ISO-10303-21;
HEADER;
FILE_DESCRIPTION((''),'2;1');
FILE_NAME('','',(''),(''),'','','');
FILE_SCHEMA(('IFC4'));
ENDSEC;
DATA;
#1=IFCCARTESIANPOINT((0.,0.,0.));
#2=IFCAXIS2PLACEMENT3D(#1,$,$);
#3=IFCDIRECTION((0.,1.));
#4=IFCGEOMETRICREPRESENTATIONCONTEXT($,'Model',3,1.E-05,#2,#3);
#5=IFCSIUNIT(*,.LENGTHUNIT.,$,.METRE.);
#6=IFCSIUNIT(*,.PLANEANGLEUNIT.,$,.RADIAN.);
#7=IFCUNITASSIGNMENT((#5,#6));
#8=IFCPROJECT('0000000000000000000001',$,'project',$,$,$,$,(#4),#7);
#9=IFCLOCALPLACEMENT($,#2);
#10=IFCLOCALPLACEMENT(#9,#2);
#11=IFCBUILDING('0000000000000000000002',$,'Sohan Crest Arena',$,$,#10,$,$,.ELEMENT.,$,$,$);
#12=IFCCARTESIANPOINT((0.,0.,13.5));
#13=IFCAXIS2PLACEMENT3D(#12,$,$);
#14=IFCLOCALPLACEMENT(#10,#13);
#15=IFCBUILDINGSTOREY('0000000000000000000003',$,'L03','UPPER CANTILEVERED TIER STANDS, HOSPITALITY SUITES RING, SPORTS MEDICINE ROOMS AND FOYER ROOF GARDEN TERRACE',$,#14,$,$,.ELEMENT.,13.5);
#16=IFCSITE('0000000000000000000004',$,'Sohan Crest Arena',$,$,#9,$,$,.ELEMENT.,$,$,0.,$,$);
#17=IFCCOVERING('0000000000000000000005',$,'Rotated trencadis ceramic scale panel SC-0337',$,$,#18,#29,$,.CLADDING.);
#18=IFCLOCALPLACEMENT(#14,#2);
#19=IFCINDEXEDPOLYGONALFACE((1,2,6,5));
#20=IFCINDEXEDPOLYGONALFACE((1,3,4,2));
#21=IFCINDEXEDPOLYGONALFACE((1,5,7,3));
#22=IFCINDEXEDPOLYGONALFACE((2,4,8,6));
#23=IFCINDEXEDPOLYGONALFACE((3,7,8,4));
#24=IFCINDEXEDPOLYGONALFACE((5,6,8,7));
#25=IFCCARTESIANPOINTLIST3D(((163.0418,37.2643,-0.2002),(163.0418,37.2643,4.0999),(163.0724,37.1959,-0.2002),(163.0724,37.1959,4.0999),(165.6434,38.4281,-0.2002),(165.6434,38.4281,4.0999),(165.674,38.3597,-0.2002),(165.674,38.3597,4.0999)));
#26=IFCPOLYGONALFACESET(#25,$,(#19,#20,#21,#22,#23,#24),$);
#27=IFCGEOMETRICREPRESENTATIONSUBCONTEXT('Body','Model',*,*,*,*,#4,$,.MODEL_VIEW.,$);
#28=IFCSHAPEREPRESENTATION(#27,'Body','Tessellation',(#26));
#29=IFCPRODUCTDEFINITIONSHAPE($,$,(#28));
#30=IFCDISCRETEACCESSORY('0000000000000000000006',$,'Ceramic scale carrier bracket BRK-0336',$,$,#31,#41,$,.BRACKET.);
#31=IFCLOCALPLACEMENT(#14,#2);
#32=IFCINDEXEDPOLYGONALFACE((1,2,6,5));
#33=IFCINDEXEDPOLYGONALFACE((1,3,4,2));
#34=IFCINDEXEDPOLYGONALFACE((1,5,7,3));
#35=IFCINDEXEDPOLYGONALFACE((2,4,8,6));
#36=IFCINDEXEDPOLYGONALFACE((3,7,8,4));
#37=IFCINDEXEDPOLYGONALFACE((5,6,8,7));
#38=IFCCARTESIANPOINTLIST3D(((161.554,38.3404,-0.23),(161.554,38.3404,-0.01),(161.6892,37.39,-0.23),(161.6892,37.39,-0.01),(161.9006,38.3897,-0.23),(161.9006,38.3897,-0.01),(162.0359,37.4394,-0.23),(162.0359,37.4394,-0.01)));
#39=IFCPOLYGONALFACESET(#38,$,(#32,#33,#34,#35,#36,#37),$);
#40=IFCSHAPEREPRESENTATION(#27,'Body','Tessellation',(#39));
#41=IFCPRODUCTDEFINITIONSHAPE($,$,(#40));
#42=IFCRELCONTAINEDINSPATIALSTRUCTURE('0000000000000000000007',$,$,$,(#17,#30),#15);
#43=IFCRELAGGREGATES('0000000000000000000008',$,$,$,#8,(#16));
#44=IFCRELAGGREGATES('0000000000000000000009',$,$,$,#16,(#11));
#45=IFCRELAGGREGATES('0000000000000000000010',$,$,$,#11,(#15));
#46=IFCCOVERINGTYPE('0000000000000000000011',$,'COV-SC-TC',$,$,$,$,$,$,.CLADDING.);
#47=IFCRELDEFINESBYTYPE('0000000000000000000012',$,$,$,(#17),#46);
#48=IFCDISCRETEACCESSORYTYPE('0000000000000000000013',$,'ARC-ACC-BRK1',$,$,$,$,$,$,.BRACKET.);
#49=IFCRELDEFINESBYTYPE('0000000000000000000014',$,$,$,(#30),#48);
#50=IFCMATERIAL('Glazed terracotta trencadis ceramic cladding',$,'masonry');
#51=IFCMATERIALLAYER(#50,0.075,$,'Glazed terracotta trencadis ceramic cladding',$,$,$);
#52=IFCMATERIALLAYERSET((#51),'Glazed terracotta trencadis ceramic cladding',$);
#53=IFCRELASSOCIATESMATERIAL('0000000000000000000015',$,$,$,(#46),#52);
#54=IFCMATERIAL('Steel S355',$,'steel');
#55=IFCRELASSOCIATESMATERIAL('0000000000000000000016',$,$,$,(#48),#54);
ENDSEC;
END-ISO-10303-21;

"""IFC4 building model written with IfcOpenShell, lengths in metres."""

from ifc_helpers import new_model, si_unit, direction, frame, origin, origin_2d, place, context, subcontext, project, spatial, rectangle, extrude, material, layer, layer_set, type_object, element, save


model = new_model("IFC4")

# Units and contexts
model_context = context("Model", 3, precision=1e-05, world=origin(), true_north=direction((0.0, 1.0)))
body_context = subcontext(model_context, "Body", "Model", "MODEL_VIEW")
ifc_project = project(units=[si_unit("LENGTHUNIT", "METRE"), si_unit("PLANEANGLEUNIT", "RADIAN")], contexts=[model_context])

# Site, building, storey
site_placement = place(None, origin())
site = spatial("IfcSite", under=ifc_project, at=site_placement, Name="Sohan Crest Arena", CompositionType="ELEMENT", RefElevation=0.0)
building_placement = place(site_placement, origin())
building = spatial("IfcBuilding", under=site, at=building_placement, Name="Sohan Crest Arena", CompositionType="ELEMENT")
storey_placement = place(building_placement, frame((0.0, 0.0, 13.5)))
storey = spatial("IfcBuildingStorey", under=building, at=storey_placement, Name="L03", Description="UPPER CANTILEVERED TIER STANDS, HOSPITALITY SUITES RING, SPORTS MEDICINE ROOMS AND FOYER ROOF GARDEN TERRACE", CompositionType="ELEMENT", Elevation=13.5)

# Covering
ifc_material_1 = material(Name="Glazed terracotta trencadis ceramic cladding", Category="masonry")
ifc_layer_1 = layer(ifc_material_1, 0.075, Name="Glazed terracotta trencadis ceramic cladding")
ifc_layer_set_1 = layer_set([ifc_layer_1], Name="Glazed terracotta trencadis ceramic cladding")
covering_type = type_object("IfcCoveringType", Name="COV-SC-TC", PredefinedType="CLADDING", material=ifc_layer_set_1)
covering_placement = place(storey_placement, frame((164.3579, 37.812, -0.2002), z_axis=(0.0, 0.0, 1.0), x_axis=(0.912834, 0.40833, 0.0)))
element("IfcCovering", 1, at=covering_placement, inside=storey, type_object=covering_type, Name="Rotated trencadis ceramic scale panel SC-0337", PredefinedType="CLADDING", context=body_context, shape_type="SweptSolid", body=[
    extrude(rectangle(XDim=2.8501, YDim=0.075, at=origin_2d()), origin(), (0.0, 0.0, 1.0), 4.3),
])

# Discrete accessory
ifc_material_2 = material(Name="Steel S355", Category="steel")
discrete_accessory_type = type_object("IfcDiscreteAccessoryType", Name="ARC-ACC-BRK1", PredefinedType="BRACKET", material=ifc_material_2)
discrete_accessory_placement = place(storey_placement, frame((161.7949, 37.8899, -0.23), z_axis=(0.0, 0.0, 1.0), x_axis=(0.990024, 0.140901, 0.0)))
element("IfcDiscreteAccessory", 2, at=discrete_accessory_placement, inside=storey, type_object=discrete_accessory_type, Name="Ceramic scale carrier bracket BRK-0336", PredefinedType="BRACKET", context=body_context, shape_type="SweptSolid", body=[
    extrude(rectangle(XDim=0.3501, YDim=0.96, at=origin_2d()), origin(), (0.0, 0.0, 1.0), 0.22),
])

save(model, "model.ifc")
